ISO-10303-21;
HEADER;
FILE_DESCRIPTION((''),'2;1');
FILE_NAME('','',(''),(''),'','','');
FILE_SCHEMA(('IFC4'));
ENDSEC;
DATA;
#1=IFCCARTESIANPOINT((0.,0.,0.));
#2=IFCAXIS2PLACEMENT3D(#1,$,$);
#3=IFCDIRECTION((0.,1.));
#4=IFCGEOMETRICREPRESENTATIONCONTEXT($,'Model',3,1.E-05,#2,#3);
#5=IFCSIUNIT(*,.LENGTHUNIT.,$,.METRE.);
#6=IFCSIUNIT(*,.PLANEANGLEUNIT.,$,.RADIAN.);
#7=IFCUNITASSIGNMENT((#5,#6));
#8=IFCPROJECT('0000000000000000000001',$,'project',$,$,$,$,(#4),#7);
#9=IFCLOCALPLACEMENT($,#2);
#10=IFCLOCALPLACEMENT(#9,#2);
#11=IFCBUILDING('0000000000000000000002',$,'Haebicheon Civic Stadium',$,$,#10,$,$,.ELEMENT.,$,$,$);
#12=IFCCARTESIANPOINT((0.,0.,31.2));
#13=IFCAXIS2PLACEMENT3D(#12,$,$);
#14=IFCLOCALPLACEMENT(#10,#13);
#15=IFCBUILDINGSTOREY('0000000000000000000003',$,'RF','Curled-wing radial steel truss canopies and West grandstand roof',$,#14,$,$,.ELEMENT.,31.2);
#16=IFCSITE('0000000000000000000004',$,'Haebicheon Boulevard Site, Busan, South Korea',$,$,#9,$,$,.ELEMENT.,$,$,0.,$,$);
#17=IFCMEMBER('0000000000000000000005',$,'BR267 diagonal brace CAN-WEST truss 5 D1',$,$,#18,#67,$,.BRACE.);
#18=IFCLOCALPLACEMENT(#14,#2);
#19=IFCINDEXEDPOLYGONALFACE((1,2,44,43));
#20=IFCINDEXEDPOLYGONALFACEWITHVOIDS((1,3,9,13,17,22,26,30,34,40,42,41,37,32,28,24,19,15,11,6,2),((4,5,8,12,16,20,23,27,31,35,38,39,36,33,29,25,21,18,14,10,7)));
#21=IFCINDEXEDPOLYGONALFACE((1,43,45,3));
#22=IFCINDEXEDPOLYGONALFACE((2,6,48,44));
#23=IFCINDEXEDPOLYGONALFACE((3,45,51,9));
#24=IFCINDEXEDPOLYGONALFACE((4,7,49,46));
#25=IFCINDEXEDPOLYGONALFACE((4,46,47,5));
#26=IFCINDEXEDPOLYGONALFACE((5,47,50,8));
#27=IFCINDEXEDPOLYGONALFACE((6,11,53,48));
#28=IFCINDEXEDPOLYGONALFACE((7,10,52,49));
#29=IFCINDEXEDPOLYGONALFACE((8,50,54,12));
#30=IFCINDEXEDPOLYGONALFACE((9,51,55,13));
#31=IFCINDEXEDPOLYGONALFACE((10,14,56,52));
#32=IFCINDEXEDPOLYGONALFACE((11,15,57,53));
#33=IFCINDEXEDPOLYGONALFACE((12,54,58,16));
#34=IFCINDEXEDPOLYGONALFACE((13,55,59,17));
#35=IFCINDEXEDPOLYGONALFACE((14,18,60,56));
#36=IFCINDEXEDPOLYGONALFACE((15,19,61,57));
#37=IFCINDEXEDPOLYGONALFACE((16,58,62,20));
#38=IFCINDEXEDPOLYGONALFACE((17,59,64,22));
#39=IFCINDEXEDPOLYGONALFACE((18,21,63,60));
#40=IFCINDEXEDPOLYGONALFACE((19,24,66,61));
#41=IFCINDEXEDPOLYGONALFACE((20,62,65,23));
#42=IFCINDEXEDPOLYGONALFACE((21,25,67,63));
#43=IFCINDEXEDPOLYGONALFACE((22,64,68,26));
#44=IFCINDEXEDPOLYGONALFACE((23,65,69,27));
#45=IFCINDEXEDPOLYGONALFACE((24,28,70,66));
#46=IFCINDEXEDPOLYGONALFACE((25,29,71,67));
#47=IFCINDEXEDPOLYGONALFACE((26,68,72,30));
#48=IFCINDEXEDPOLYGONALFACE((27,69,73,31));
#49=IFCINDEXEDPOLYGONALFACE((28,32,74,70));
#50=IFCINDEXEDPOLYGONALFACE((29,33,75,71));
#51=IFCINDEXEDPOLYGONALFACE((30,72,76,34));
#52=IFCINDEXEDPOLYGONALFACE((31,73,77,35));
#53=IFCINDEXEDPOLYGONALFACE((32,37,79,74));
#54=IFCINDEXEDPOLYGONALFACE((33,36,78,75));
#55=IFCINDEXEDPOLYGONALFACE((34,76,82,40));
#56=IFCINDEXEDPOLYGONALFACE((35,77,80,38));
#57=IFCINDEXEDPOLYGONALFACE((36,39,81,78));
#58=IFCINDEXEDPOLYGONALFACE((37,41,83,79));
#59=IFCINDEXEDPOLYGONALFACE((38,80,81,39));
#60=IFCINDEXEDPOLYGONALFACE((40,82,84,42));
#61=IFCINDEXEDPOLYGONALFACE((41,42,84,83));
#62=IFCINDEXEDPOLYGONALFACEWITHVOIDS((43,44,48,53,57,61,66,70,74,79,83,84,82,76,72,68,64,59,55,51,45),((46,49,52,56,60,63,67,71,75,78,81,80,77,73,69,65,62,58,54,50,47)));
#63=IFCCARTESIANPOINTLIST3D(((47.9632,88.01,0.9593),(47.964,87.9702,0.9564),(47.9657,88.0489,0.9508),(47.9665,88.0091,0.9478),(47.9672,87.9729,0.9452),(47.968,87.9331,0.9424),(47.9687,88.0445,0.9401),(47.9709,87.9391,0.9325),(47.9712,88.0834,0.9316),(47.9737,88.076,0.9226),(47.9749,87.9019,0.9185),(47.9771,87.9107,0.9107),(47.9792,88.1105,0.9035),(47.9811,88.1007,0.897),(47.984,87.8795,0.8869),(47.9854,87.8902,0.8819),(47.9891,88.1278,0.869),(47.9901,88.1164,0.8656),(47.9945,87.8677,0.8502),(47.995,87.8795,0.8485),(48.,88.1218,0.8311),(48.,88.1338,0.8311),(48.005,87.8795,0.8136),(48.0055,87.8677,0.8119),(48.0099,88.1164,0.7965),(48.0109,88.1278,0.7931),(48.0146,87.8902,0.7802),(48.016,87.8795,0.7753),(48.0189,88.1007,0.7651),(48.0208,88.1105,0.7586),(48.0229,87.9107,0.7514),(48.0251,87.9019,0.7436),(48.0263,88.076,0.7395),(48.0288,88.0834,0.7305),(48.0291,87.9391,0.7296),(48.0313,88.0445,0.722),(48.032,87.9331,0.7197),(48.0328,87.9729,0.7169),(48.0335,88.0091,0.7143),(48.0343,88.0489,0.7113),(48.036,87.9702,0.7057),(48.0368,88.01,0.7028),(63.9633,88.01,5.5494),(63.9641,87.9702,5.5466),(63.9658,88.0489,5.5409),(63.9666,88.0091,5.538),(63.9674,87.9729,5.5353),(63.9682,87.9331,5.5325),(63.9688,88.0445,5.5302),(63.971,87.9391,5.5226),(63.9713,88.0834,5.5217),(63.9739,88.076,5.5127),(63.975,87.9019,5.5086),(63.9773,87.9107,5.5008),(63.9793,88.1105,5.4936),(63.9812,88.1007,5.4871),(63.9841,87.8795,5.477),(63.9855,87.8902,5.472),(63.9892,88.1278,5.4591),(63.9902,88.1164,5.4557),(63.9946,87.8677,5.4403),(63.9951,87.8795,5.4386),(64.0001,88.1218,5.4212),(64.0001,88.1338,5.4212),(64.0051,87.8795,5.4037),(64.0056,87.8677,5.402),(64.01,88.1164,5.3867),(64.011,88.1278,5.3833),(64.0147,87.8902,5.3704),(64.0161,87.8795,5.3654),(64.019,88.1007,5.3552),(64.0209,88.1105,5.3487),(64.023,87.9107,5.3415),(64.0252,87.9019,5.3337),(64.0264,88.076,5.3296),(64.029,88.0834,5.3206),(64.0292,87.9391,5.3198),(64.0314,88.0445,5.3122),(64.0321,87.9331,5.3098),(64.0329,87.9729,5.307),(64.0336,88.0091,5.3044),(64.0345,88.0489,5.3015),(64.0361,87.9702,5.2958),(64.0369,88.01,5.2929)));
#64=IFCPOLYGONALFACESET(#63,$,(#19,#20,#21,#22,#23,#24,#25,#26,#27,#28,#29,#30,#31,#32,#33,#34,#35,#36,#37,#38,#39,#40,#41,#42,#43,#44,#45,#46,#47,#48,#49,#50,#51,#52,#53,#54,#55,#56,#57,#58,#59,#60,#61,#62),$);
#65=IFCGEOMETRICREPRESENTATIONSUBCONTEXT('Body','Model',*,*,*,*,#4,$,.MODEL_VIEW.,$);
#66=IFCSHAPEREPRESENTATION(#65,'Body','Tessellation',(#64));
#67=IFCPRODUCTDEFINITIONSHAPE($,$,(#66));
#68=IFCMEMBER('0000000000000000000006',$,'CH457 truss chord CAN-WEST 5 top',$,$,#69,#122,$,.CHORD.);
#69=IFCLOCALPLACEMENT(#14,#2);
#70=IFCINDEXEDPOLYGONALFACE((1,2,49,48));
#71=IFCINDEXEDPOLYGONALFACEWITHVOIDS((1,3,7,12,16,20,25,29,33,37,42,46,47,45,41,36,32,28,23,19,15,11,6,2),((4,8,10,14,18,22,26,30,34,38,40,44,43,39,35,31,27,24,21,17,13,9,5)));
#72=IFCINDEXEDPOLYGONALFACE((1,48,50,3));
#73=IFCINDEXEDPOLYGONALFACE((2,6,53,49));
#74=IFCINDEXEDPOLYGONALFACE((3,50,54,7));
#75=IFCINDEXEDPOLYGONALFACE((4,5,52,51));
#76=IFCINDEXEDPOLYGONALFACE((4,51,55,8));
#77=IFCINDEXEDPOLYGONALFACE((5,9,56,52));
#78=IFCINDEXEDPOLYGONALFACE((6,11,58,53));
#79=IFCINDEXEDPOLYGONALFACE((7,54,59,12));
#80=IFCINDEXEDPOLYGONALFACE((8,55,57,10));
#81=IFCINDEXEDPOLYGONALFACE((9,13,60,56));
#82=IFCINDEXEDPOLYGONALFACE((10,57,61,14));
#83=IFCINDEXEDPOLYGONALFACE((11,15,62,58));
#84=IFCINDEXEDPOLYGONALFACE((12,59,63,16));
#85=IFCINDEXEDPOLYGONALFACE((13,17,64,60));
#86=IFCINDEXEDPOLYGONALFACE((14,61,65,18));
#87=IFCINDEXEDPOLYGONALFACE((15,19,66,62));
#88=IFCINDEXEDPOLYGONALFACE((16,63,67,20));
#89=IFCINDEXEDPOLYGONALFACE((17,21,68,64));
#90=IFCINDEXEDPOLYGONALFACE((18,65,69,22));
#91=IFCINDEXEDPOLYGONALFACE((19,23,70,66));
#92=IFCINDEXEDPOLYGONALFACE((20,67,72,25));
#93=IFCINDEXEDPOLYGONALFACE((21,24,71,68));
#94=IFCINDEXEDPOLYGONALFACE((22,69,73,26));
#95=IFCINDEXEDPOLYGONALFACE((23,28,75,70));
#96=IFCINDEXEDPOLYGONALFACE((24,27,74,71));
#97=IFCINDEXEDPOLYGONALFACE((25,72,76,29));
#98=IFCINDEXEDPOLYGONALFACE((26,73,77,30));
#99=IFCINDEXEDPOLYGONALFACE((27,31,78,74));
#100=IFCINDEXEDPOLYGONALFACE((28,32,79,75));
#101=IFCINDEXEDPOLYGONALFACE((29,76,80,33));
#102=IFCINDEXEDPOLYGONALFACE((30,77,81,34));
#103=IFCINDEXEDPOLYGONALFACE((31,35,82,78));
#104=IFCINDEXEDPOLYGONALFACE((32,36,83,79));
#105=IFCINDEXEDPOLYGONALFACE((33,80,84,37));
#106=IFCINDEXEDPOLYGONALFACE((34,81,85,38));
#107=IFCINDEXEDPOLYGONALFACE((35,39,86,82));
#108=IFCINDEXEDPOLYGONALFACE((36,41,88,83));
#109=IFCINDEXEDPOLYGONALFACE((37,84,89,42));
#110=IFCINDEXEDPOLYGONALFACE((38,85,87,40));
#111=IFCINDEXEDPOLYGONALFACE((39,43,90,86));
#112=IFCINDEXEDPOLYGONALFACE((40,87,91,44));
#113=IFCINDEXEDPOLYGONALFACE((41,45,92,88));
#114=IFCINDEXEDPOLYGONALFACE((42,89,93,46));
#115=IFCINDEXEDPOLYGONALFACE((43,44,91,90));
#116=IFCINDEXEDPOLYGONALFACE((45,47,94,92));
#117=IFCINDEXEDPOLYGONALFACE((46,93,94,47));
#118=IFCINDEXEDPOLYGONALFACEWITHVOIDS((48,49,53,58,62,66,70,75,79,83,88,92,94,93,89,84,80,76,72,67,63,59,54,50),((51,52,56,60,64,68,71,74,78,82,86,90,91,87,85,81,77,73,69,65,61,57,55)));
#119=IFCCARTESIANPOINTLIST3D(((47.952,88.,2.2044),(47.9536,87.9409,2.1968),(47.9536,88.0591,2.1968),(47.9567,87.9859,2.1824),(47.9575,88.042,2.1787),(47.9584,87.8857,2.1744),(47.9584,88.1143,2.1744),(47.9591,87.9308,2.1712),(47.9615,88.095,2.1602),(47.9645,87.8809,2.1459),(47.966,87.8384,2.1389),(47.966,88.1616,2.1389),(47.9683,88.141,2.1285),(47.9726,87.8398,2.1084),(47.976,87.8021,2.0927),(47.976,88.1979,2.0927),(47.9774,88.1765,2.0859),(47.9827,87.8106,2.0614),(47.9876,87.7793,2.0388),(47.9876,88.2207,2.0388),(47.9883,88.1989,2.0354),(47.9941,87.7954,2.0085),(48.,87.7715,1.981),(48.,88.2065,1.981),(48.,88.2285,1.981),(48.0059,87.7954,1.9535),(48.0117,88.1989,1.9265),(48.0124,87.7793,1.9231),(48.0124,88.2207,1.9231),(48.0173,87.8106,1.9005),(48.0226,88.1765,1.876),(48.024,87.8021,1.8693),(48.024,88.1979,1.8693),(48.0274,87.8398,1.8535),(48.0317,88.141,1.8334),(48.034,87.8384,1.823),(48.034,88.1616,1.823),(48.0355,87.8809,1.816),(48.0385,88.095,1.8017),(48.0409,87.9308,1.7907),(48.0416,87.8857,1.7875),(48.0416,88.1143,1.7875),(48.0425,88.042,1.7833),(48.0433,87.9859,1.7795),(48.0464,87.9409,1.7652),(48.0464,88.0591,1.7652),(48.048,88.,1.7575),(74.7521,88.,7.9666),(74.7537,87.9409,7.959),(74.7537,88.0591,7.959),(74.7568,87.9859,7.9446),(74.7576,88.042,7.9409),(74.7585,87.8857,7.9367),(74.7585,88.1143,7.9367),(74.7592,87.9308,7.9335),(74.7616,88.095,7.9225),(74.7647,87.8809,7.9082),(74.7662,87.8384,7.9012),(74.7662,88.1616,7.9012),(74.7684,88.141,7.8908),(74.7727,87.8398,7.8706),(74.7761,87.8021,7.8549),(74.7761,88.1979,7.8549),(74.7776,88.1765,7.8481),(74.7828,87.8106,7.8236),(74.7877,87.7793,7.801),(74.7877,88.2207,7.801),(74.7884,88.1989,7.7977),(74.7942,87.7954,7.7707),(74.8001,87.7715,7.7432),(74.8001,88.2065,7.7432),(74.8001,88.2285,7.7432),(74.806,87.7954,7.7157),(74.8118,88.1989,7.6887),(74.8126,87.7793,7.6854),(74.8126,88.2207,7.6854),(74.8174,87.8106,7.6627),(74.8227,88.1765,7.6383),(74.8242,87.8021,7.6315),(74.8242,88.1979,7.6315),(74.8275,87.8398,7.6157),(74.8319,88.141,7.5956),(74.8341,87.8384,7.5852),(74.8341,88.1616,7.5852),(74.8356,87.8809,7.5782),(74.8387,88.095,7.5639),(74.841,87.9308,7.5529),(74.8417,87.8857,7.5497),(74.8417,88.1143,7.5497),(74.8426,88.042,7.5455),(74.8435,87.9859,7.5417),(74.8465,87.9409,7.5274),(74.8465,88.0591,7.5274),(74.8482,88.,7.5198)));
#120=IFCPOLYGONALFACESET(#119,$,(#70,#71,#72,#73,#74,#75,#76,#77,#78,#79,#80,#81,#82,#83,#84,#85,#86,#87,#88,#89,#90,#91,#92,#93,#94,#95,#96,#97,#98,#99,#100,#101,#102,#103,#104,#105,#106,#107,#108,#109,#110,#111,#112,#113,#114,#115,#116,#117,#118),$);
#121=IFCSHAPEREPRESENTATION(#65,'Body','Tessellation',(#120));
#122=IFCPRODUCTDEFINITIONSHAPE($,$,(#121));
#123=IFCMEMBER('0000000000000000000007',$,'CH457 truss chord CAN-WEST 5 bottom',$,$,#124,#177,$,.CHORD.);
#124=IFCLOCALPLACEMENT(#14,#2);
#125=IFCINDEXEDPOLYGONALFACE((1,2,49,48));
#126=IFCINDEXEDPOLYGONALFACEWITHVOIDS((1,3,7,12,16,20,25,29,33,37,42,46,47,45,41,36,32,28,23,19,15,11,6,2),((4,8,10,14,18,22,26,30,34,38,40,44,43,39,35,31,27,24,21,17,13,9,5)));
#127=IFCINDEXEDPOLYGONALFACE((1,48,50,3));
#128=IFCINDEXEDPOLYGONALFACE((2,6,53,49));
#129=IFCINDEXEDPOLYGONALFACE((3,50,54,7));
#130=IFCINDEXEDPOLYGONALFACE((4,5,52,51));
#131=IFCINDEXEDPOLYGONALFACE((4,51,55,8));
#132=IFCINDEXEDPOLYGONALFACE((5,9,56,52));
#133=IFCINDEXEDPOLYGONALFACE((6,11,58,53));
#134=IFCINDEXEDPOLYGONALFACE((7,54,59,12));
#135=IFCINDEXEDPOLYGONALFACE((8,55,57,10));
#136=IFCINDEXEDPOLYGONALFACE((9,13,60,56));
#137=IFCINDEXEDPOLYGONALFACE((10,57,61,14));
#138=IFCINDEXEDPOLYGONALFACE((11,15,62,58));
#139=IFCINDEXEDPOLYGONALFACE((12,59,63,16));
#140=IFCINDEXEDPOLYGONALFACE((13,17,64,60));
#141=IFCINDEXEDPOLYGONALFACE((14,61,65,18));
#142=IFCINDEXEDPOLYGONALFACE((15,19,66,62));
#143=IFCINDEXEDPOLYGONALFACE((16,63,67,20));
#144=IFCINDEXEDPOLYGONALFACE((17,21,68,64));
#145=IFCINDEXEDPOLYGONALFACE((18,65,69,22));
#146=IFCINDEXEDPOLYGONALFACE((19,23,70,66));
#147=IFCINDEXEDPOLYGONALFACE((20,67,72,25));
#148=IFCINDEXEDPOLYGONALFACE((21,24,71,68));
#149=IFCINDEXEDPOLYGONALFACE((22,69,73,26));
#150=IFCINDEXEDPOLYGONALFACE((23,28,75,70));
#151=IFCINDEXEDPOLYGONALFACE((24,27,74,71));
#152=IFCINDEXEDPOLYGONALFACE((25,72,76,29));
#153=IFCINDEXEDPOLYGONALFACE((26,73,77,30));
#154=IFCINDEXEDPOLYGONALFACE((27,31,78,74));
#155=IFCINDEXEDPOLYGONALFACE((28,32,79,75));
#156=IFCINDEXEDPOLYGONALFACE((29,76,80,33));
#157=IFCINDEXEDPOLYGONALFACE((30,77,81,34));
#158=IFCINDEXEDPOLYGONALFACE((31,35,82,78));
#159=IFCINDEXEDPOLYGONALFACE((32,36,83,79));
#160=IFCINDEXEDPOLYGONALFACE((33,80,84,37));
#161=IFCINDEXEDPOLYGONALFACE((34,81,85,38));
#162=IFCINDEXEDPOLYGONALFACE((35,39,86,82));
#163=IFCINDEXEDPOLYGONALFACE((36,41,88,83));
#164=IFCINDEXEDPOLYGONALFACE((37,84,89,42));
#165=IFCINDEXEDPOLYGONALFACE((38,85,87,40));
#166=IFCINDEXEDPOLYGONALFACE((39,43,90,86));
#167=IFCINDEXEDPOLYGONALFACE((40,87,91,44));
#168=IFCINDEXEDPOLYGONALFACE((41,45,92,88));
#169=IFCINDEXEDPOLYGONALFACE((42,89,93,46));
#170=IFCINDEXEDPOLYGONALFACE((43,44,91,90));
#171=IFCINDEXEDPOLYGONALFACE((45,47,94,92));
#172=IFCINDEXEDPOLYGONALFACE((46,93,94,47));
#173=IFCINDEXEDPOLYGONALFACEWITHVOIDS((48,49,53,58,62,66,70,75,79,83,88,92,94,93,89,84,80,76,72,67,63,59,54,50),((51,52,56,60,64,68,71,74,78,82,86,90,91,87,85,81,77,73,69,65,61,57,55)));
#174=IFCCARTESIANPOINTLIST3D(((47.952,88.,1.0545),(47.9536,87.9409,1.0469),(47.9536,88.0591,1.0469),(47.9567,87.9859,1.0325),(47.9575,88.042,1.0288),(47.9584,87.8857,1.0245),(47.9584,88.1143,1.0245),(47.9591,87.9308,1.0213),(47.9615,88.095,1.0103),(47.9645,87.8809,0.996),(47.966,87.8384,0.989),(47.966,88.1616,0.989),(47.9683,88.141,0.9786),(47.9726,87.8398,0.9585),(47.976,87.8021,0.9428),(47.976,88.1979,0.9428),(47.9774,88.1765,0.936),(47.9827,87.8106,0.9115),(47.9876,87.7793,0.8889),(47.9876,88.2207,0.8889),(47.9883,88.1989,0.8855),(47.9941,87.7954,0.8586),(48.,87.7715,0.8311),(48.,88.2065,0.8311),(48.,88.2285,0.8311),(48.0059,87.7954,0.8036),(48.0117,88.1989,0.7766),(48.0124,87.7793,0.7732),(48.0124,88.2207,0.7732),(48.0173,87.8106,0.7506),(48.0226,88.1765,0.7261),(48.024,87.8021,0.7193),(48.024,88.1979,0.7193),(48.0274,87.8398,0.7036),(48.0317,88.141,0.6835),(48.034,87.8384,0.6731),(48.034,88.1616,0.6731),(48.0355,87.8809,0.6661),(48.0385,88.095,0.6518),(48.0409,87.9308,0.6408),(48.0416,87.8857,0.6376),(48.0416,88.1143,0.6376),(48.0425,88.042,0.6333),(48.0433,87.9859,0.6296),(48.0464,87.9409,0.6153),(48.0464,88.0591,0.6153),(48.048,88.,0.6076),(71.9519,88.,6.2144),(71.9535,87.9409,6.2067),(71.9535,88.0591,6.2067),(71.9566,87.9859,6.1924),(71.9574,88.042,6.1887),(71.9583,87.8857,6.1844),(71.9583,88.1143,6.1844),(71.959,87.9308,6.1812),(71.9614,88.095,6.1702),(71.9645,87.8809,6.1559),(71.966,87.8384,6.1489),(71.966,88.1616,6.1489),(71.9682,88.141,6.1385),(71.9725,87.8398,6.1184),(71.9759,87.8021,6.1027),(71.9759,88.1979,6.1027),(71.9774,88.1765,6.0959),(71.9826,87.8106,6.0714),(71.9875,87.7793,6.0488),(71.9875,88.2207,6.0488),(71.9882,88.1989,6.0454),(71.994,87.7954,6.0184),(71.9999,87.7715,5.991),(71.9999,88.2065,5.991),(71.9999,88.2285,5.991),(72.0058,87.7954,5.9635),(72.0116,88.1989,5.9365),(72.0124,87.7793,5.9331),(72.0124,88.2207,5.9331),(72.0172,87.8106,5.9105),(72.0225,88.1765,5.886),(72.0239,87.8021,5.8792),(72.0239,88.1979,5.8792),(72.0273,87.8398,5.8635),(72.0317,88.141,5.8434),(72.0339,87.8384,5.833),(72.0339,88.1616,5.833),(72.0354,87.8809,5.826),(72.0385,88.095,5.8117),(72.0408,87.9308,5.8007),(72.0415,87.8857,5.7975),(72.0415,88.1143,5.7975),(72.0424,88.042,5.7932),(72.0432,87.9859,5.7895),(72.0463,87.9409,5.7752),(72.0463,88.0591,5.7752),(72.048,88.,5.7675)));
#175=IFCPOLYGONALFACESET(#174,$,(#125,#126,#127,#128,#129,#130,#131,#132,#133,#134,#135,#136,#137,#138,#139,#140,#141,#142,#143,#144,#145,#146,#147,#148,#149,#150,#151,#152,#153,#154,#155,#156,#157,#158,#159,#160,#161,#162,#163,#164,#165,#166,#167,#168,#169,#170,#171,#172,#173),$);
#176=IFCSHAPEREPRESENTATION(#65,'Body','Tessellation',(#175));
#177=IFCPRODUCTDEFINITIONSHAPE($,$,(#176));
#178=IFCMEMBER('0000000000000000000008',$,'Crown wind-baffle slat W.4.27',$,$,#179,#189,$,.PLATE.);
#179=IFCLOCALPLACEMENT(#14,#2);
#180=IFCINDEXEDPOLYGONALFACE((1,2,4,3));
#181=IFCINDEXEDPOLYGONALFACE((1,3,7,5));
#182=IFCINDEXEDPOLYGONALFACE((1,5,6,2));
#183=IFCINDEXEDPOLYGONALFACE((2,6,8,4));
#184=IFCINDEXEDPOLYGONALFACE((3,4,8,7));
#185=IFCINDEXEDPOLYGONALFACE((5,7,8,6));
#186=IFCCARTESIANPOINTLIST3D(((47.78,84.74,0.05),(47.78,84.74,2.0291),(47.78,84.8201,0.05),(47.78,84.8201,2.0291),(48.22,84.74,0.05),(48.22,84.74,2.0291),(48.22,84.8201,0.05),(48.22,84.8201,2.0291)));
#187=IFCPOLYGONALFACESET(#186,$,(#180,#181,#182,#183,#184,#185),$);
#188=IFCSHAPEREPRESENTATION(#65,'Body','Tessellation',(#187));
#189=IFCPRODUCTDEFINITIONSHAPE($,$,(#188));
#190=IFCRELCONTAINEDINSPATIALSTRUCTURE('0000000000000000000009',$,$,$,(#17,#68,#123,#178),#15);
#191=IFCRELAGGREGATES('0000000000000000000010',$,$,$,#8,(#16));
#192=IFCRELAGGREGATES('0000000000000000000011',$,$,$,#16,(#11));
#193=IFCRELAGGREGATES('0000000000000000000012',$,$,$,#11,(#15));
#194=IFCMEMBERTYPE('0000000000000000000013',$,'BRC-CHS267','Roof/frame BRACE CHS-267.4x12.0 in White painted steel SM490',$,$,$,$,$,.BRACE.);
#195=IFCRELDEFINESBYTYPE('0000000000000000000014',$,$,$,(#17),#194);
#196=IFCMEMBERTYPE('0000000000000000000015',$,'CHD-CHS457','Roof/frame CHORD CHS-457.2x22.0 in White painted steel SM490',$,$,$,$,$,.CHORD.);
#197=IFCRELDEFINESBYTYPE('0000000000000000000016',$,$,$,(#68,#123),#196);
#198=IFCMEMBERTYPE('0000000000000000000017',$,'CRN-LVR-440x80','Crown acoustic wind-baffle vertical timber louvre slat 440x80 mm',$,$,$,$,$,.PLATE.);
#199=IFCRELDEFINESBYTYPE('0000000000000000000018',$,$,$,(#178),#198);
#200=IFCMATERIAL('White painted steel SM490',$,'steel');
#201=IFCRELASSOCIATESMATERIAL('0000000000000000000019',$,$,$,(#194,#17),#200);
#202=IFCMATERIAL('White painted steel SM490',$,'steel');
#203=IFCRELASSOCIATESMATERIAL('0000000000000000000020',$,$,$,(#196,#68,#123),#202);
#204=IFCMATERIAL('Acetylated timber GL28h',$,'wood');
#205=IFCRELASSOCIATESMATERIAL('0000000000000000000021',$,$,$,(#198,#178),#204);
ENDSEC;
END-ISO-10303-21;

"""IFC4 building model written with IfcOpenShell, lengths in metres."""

from ifc_helpers import new_model, si_unit, direction, frame, origin, origin_2d, place, context, subcontext, project, spatial, rectangle, hollow_circle, extrude, material, material_profile, profile_set, type_object, element, save


model = new_model("IFC4")

# Units and contexts
model_context = context("Model", 3, precision=1e-05, world=origin(), true_north=direction((0.0, 1.0)))
body_context = subcontext(model_context, "Body", "Model", "MODEL_VIEW")
ifc_project = project(units=[si_unit("LENGTHUNIT", "METRE"), si_unit("PLANEANGLEUNIT", "RADIAN")], contexts=[model_context])

# Site, building, storey
site_placement = place(None, origin())
site = spatial("IfcSite", under=ifc_project, at=site_placement, Name="Haebicheon Boulevard Site, Busan, South Korea", CompositionType="ELEMENT", RefElevation=0.0)
building_placement = place(site_placement, origin())
building = spatial("IfcBuilding", under=site, at=building_placement, Name="Haebicheon Civic Stadium", CompositionType="ELEMENT")
storey_placement = place(building_placement, frame((0.0, 0.0, 31.2)))
storey = spatial("IfcBuildingStorey", under=building, at=storey_placement, Name="RF", Description="Curled-wing radial steel truss canopies and West grandstand roof", CompositionType="ELEMENT", Elevation=31.2)

# Members
ifc_material_1 = material(Name="White painted steel SM490", Category="steel")
ifc_material_profile_1 = material_profile(ifc_material_1, hollow_circle(Radius=0.1338, WallThickness=0.012, at=origin_2d()), Name="CHS-267.4x12.0")
ifc_profile_set_1 = profile_set([ifc_material_profile_1], Name="White painted steel SM490")
member_type_1 = type_object("IfcMemberType", Name="BRC-CHS267", Description="Roof/frame BRACE CHS-267.4x12.0 in White painted steel SM490", PredefinedType="BRACE", material=ifc_profile_set_1)
member_1_placement = place(storey_placement, frame((48.0, 88.0, 0.8311), z_axis=(0.961227, 0.0, 0.275757), x_axis=(0.0, 1.0, 0.0)))
element("IfcMember", 1, at=member_1_placement, inside=storey, type_object=member_type_1, material=ifc_profile_set_1, Name="BR267 diagonal brace CAN-WEST truss 5 D1", PredefinedType="BRACE", context=body_context, shape_type="SweptSolid", body=[
    extrude(hollow_circle(Radius=0.1338, WallThickness=0.012, at=origin_2d()), origin(), (0.0, 0.0, 1.0), 16.6455),
])
ifc_material_2 = material(Name="White painted steel SM490", Category="steel")
ifc_material_profile_2 = material_profile(ifc_material_2, hollow_circle(Radius=0.2285, WallThickness=0.022, at=origin_2d()), Name="CHS-457.2x22.0")
ifc_profile_set_2 = profile_set([ifc_material_profile_2], Name="White painted steel SM490")
member_type_2 = type_object("IfcMemberType", Name="CHD-CHS457", Description="Roof/frame CHORD CHS-457.2x22.0 in White painted steel SM490", PredefinedType="CHORD", material=ifc_profile_set_2)
member_2_placement = place(storey_placement, frame((48.0, 88.0, 1.981), z_axis=(0.977658, 0.0, 0.210204), x_axis=(0.0, 1.0, 0.0)))
element("IfcMember", 2, at=member_2_placement, inside=storey, type_object=member_type_2, material=ifc_profile_set_2, Name="CH457 truss chord CAN-WEST 5 top", PredefinedType="CHORD", context=body_context, shape_type="SweptSolid", body=[
    extrude(hollow_circle(Radius=0.2285, WallThickness=0.022, at=origin_2d()), origin(), (0.0, 0.0, 1.0), 27.4126),
])
member_3_placement = place(storey_placement, frame((48.0, 88.0, 0.8311), z_axis=(0.97766, 0.0, 0.210193), x_axis=(0.0, 1.0, 0.0)))
element("IfcMember", 3, at=member_3_placement, inside=storey, type_object=member_type_2, material=ifc_profile_set_2, Name="CH457 truss chord CAN-WEST 5 bottom", PredefinedType="CHORD", context=body_context, shape_type="SweptSolid", body=[
    extrude(hollow_circle(Radius=0.2285, WallThickness=0.022, at=origin_2d()), origin(), (0.0, 0.0, 1.0), 24.5483),
])
ifc_material_3 = material(Name="Acetylated timber GL28h", Category="wood")
ifc_material_profile_3 = material_profile(ifc_material_3, rectangle(XDim=0.0801, YDim=0.4399, at=origin_2d()), Name="TMB-LOUV-80x440")
ifc_profile_set_3 = profile_set([ifc_material_profile_3], Name="Acetylated timber GL28h")
member_type_3 = type_object("IfcMemberType", Name="CRN-LVR-440x80", Description="Crown acoustic wind-baffle vertical timber louvre slat 440x80 mm", PredefinedType="PLATE", material=ifc_profile_set_3)
member_4_placement = place(storey_placement, frame((48.0, 84.78, 0.05), z_axis=(0.0, 0.0, 1.0), x_axis=(0.0, 1.0, 0.0)))
element("IfcMember", 4, at=member_4_placement, inside=storey, type_object=member_type_3, material=ifc_profile_set_3, Name="Crown wind-baffle slat W.4.27", PredefinedType="PLATE", context=body_context, shape_type="SweptSolid", body=[
    extrude(rectangle(XDim=0.0801, YDim=0.4399, at=origin_2d()), origin(), (0.0, 0.0, 1.0), 1.979),
])

save(model, "model.ifc")
